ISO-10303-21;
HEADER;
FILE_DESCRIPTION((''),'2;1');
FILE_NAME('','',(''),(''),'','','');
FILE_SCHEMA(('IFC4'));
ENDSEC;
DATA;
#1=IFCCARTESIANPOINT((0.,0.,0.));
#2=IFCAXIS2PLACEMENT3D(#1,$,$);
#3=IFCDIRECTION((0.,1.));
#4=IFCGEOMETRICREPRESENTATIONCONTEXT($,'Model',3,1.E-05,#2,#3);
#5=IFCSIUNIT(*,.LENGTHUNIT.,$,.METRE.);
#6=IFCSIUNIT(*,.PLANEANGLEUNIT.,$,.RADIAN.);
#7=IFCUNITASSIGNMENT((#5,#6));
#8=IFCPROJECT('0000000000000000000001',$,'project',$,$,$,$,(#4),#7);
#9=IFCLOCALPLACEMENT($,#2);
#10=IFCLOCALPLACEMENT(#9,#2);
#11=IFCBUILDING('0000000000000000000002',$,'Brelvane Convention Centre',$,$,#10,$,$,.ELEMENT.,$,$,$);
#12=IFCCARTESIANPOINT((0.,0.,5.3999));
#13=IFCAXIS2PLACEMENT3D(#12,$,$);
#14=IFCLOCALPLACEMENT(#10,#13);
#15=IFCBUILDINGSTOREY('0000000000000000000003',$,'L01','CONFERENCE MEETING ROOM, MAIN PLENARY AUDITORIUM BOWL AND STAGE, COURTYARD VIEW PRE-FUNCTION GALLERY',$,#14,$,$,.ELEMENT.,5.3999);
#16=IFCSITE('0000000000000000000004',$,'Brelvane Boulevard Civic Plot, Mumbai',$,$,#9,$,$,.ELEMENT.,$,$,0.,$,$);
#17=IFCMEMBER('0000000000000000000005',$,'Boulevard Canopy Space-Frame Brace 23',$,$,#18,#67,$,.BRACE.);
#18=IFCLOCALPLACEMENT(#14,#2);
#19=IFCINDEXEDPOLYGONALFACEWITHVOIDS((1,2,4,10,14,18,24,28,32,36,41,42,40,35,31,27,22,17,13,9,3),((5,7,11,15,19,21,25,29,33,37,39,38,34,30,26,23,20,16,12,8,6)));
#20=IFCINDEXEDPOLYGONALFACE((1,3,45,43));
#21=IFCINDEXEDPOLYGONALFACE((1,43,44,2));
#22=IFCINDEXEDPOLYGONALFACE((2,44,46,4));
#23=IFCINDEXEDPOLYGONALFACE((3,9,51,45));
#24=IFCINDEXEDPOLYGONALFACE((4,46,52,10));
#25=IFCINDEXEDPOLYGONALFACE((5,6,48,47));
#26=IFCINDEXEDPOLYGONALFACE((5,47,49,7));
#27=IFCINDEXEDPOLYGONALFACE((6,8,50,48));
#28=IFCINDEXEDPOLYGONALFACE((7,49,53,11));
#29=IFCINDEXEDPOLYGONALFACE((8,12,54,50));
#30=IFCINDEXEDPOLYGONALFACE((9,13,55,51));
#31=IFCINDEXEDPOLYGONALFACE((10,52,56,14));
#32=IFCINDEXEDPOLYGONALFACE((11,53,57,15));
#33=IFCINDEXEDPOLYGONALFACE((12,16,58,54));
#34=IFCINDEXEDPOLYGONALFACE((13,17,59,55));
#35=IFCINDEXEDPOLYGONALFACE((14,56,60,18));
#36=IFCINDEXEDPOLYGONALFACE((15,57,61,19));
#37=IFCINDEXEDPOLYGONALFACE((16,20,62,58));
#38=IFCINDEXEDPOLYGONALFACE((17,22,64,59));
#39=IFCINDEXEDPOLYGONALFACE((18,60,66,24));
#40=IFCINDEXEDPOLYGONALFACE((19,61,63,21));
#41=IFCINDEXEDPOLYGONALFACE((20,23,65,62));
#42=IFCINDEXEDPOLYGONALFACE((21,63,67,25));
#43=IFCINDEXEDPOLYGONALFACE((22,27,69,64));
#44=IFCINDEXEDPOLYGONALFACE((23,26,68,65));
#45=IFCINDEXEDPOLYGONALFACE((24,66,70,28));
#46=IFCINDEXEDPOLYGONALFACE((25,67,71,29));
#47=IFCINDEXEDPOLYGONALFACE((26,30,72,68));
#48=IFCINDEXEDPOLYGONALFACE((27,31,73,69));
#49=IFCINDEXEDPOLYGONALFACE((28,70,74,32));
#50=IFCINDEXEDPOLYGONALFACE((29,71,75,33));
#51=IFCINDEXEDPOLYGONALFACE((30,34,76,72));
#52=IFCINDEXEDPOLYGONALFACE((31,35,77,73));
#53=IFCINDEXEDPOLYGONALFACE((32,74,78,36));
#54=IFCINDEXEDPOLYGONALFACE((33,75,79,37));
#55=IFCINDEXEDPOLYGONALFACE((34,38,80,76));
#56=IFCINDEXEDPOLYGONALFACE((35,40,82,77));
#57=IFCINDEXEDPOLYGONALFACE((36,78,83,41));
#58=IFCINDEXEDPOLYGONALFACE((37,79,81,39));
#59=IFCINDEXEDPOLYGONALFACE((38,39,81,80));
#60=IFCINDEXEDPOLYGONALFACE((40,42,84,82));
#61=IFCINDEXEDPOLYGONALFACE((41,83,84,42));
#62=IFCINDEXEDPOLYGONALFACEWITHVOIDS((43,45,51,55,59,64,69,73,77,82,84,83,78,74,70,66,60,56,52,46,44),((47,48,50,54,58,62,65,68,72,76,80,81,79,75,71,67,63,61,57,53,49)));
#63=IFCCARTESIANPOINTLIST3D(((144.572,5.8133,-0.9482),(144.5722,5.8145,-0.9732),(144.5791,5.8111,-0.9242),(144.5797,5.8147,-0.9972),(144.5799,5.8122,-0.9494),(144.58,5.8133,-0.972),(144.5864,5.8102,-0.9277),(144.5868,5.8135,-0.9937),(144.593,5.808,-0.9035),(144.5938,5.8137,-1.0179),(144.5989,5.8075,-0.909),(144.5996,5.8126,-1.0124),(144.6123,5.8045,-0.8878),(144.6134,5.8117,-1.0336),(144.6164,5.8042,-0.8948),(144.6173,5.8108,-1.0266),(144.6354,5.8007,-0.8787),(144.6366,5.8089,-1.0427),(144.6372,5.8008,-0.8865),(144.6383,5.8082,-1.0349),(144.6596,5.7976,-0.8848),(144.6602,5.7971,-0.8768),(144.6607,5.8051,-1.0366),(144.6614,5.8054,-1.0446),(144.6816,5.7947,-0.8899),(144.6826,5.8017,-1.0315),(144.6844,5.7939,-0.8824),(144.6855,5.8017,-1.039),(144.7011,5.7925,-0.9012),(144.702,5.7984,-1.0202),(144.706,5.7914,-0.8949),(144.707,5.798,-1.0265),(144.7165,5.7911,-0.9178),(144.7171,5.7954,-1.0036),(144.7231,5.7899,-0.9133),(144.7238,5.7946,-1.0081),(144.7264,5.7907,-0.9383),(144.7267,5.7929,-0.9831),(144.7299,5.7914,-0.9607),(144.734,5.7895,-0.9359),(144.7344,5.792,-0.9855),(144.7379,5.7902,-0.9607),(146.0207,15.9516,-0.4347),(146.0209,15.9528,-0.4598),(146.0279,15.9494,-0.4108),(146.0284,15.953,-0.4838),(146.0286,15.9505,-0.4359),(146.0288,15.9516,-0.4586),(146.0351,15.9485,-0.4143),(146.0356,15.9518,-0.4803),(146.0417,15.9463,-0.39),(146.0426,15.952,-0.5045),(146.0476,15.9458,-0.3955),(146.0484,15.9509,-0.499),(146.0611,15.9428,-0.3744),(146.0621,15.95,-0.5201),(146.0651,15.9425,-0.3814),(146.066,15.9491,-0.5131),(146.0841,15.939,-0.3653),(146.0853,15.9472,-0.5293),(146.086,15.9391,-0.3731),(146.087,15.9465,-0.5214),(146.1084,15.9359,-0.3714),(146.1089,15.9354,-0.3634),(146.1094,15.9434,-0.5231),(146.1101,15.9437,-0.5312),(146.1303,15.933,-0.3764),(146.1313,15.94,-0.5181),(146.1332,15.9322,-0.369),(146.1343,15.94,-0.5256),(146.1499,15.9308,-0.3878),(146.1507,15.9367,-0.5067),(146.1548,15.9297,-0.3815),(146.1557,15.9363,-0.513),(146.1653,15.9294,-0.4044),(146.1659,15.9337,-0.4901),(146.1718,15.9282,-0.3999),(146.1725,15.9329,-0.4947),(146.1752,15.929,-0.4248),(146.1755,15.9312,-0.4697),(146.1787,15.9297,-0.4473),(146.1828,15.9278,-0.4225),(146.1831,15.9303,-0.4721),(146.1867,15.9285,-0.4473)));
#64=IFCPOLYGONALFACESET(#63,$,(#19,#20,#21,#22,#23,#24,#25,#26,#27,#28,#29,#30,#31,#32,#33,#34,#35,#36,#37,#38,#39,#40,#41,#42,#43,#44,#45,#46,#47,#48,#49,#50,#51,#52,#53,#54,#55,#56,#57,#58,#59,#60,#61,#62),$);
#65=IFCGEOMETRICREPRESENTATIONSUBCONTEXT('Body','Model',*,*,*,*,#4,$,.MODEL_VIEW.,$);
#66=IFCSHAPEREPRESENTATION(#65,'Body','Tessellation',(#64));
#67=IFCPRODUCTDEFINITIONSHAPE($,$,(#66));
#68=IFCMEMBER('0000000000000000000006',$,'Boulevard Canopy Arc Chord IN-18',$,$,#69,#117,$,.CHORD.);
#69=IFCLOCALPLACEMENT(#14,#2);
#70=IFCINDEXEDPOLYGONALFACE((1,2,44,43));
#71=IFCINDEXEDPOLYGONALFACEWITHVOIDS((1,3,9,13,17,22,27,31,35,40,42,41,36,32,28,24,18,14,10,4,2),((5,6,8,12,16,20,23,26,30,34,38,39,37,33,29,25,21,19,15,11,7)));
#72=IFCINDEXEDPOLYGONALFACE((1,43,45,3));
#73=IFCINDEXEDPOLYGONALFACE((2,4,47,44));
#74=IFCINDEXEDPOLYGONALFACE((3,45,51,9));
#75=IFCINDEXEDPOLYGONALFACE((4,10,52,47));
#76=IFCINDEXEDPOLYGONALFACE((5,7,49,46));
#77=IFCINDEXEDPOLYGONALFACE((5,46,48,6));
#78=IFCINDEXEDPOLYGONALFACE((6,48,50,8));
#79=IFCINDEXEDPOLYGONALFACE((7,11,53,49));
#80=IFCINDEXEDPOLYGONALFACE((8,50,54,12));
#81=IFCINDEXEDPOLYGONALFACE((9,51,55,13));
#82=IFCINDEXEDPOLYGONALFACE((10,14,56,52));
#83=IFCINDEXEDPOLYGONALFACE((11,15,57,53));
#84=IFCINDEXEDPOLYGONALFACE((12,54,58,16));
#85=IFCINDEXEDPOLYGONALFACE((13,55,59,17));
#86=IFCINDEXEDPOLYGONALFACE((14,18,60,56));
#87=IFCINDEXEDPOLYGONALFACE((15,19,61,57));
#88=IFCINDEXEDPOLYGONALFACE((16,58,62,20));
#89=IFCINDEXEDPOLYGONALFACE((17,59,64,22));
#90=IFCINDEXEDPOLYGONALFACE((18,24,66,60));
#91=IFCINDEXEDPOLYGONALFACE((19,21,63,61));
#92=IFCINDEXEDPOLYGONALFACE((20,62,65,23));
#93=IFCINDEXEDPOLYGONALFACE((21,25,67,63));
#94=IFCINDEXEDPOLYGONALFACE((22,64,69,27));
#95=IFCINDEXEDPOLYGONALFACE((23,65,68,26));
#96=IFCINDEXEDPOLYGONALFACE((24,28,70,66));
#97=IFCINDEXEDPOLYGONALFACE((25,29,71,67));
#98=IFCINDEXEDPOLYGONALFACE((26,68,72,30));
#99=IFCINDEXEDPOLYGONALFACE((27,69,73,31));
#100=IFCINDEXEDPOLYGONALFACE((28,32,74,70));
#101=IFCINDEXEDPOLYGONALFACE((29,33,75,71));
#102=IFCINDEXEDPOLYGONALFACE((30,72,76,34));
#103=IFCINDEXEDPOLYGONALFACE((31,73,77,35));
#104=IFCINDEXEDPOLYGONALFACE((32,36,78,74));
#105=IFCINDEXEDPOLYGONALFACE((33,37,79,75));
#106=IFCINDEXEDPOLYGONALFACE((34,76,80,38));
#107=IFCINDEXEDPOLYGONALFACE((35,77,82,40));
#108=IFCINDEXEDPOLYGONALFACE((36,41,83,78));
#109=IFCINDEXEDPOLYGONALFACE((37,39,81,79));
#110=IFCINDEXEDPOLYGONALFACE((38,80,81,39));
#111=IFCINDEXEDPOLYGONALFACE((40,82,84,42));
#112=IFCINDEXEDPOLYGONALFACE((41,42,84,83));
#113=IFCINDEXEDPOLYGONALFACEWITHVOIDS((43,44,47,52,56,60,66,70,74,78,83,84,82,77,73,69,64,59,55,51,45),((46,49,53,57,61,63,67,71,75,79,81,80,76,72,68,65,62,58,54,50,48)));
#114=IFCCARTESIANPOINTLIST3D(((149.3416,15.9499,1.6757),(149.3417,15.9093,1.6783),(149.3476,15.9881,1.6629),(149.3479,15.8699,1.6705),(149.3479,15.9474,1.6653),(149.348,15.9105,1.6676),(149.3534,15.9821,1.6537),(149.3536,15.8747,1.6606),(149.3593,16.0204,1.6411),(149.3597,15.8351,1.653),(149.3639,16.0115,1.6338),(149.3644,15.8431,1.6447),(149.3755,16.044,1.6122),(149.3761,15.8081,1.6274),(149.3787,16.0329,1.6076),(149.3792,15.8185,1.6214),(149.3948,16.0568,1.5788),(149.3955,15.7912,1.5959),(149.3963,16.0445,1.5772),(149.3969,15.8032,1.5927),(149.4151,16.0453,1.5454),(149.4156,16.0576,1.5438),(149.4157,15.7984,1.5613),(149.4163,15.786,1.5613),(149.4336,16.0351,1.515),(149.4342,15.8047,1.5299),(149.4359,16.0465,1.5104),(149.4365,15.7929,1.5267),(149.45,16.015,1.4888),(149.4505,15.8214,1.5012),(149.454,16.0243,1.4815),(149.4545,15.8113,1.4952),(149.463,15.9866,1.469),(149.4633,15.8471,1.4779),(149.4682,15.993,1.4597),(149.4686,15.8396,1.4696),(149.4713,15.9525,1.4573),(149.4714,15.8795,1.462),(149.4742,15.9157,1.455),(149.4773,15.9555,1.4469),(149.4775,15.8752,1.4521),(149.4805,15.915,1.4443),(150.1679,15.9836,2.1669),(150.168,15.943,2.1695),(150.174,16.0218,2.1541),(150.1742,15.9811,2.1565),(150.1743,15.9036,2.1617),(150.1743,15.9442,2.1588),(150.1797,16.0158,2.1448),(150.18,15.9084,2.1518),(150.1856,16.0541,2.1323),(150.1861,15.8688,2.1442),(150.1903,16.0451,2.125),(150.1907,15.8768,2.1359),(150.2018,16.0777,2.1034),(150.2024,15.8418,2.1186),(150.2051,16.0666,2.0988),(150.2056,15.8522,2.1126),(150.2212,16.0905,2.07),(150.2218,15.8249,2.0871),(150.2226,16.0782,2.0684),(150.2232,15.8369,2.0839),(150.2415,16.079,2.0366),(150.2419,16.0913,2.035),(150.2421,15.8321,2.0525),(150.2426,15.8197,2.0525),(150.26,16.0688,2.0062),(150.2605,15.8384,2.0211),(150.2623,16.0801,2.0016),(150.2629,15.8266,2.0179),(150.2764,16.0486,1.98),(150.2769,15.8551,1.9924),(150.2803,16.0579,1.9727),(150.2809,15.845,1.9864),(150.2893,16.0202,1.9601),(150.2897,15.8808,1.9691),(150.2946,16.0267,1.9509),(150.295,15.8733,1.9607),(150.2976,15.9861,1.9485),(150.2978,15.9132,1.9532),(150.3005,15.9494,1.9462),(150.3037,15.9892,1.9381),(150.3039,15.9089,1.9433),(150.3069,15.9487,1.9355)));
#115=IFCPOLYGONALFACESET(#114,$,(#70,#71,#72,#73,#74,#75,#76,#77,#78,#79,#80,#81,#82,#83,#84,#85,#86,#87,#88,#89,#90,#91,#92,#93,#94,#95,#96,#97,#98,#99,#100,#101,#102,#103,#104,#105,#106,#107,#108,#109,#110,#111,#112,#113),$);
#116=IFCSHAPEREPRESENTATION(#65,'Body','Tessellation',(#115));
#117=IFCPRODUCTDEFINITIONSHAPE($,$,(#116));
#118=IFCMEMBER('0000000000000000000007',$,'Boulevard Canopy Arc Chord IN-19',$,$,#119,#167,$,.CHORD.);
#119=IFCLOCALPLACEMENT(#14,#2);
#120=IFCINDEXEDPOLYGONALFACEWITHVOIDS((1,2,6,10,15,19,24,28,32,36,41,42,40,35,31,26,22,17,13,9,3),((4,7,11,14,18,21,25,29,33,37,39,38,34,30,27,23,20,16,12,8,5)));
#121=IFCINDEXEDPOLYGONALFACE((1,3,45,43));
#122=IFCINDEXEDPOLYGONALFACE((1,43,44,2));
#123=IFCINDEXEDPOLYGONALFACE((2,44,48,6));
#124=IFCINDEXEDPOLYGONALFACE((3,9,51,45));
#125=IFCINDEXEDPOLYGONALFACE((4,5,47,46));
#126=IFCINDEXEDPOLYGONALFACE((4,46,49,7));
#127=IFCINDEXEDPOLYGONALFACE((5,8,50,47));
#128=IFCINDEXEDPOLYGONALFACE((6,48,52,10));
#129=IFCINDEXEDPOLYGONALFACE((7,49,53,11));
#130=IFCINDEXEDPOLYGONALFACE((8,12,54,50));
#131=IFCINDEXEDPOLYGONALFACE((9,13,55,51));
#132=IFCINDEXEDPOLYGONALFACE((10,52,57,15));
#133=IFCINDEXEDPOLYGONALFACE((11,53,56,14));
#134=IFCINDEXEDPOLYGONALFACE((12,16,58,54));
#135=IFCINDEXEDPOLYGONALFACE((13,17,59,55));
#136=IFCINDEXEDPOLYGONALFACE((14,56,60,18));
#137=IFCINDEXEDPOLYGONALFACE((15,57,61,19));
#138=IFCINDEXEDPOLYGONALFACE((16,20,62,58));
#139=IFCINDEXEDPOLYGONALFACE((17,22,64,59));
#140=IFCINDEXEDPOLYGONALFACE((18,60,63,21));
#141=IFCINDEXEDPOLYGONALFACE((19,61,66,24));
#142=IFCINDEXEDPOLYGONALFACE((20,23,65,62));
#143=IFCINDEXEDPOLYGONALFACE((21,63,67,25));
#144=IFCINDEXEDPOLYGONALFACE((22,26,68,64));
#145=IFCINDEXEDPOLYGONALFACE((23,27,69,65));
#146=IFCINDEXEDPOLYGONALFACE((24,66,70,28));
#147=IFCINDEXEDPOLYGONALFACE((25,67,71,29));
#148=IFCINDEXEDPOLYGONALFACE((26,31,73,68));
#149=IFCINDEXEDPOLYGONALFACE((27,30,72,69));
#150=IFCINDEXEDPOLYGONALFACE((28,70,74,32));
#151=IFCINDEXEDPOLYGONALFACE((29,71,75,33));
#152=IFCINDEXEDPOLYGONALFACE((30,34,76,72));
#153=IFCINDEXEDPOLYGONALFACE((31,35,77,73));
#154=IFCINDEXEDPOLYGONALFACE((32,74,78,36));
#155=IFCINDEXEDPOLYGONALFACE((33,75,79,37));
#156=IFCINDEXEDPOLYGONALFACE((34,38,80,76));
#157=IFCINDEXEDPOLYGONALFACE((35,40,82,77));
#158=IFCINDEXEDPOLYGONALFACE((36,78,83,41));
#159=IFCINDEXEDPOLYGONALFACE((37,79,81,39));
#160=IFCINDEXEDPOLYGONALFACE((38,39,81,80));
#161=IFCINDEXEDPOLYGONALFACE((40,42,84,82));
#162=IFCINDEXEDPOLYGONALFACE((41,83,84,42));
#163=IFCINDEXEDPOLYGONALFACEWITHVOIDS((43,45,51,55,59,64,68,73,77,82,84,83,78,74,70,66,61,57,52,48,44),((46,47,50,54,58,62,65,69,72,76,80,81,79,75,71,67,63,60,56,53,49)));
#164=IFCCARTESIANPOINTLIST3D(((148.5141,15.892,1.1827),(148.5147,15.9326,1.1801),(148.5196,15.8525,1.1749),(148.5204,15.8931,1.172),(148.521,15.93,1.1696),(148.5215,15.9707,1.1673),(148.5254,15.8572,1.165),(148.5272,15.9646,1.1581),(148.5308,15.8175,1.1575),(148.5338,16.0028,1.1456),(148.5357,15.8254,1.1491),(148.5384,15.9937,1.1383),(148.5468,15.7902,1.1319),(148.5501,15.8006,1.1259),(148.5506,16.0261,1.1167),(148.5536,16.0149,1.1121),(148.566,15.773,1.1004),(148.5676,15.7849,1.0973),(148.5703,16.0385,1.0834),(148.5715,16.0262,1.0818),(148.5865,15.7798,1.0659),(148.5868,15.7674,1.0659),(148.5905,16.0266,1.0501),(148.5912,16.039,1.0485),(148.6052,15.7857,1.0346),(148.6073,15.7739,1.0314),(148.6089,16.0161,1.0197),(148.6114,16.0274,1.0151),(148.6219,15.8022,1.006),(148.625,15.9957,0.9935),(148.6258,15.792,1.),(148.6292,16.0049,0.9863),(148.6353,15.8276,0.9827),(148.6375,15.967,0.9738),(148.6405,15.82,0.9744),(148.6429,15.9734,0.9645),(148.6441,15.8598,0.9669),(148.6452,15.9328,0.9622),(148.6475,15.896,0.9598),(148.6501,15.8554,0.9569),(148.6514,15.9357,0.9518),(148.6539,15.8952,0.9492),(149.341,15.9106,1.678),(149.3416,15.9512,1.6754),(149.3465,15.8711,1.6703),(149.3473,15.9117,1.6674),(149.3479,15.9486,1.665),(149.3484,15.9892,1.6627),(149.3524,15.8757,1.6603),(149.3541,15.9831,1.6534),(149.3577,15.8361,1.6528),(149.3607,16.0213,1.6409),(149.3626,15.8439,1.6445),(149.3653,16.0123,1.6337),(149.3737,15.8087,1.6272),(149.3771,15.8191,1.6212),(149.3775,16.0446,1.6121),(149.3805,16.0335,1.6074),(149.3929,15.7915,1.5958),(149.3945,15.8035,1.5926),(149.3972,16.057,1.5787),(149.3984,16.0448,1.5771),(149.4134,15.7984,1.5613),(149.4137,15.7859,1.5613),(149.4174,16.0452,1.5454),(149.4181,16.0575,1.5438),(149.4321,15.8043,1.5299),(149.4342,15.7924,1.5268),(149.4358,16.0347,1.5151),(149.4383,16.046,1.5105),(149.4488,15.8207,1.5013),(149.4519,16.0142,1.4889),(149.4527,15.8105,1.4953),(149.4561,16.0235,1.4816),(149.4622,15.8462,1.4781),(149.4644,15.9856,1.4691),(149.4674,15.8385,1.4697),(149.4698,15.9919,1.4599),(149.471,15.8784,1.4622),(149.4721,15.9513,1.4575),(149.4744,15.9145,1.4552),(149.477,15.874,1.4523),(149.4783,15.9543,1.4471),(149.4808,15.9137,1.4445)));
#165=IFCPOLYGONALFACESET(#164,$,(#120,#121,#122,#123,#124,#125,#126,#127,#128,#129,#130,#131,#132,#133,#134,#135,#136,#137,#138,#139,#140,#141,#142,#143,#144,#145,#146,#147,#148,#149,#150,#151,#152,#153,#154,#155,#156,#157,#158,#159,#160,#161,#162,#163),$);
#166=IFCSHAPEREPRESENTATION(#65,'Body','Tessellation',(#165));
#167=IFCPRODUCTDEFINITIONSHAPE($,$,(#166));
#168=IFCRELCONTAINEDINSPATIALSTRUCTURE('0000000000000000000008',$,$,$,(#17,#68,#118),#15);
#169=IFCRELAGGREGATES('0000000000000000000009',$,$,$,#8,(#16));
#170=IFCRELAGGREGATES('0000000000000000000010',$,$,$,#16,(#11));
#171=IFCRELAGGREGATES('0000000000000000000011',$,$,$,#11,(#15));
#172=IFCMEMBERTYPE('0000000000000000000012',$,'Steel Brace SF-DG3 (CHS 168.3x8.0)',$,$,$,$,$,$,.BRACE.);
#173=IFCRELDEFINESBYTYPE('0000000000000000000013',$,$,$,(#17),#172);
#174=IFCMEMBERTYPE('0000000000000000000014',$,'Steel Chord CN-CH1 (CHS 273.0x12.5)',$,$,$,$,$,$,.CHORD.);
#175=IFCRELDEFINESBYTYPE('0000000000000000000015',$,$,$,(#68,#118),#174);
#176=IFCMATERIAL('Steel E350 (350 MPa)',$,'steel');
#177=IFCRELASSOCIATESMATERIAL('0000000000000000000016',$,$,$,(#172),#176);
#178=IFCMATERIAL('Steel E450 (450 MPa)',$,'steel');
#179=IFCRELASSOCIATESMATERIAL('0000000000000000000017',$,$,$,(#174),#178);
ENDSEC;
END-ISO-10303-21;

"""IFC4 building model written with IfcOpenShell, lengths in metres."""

from ifc_helpers import new_model, si_unit, direction, frame, origin, origin_2d, place, context, subcontext, project, spatial, hollow_circle, extrude, material, material_profile, profile_set, type_object, element, save


model = new_model("IFC4")

# Units and contexts
model_context = context("Model", 3, precision=1e-05, world=origin(), true_north=direction((0.0, 1.0)))
body_context = subcontext(model_context, "Body", "Model", "MODEL_VIEW")
ifc_project = project(units=[si_unit("LENGTHUNIT", "METRE"), si_unit("PLANEANGLEUNIT", "RADIAN")], contexts=[model_context])

# Site, building, storey
site_placement = place(None, origin())
site = spatial("IfcSite", under=ifc_project, at=site_placement, Name="Brelvane Boulevard Civic Plot, Mumbai", CompositionType="ELEMENT", RefElevation=0.0)
building_placement = place(site_placement, origin())
building = spatial("IfcBuilding", under=site, at=building_placement, Name="Brelvane Convention Centre", CompositionType="ELEMENT")
storey_placement = place(building_placement, frame((0.0, 0.0, 5.3999)))
storey = spatial("IfcBuildingStorey", under=building, at=storey_placement, Name="L01", Description="CONFERENCE MEETING ROOM, MAIN PLENARY AUDITORIUM BOWL AND STAGE, COURTYARD VIEW PRE-FUNCTION GALLERY", CompositionType="ELEMENT", Elevation=5.3999)

# Members
ifc_material_1 = material(Name="Steel E350 (350 MPa)", Category="steel")
ifc_material_profile_1 = material_profile(ifc_material_1, hollow_circle(Radius=0.0842, WallThickness=0.0081, at=origin_2d()), Name="CHS 168.3x8.0")
ifc_profile_set_1 = profile_set([ifc_material_profile_1], Name="Steel E350 (350 MPa)")
member_type_1 = type_object("IfcMemberType", Name="Steel Brace SF-DG3 (CHS 168.3x8.0)", PredefinedType="BRACE", material=ifc_profile_set_1)
member_1_placement = place(storey_placement, frame((146.1033, 15.9404, -0.4473), z_axis=(-0.141284, -0.988702, -0.050071), x_axis=(0.989944, -0.141461, 0.0)))
element("IfcMember", 1, at=member_1_placement, inside=storey, type_object=member_type_1, Name="Boulevard Canopy Space-Frame Brace 23", PredefinedType="BRACE", context=body_context, shape_type="SweptSolid", body=[
    extrude(hollow_circle(Radius=0.0842, WallThickness=0.0081, at=origin_2d()), origin(), (0.0, 0.0, 1.0), 10.2542),
])
ifc_material_2 = material(Name="Steel E450 (450 MPa)", Category="steel")
ifc_material_profile_2 = material_profile(ifc_material_2, hollow_circle(Radius=0.1365, WallThickness=0.0125, at=origin_2d()), Name="CHS 273.0x12.5")
ifc_profile_set_2 = profile_set([ifc_material_profile_2], Name="Steel E450 (450 MPa)")
member_type_2 = type_object("IfcMemberType", Name="Steel Chord CN-CH1 (CHS 273.0x12.5)", PredefinedType="CHORD", material=ifc_profile_set_2)
member_2_placement = place(storey_placement, frame((150.2371, 15.9561, 2.0525), z_axis=(-0.859087, -0.035023, -0.51063), x_axis=(0.040734, -0.99917, 0.0)))
element("IfcMember", 2, at=member_2_placement, inside=storey, type_object=member_type_2, Name="Boulevard Canopy Arc Chord IN-18", PredefinedType="CHORD", context=body_context, shape_type="SweptSolid", body=[
    extrude(hollow_circle(Radius=0.1365, WallThickness=0.0125, at=origin_2d()), origin(), (0.0, 0.0, 1.0), 0.9619),
])
member_3_placement = place(storey_placement, frame((149.4106, 15.9224, 1.5613), z_axis=(-0.857691, -0.019246, -0.513805), x_axis=(0.022433, -0.999748, 0.0)))
element("IfcMember", 3, at=member_3_placement, inside=storey, type_object=member_type_2, Name="Boulevard Canopy Arc Chord IN-19", PredefinedType="CHORD", context=body_context, shape_type="SweptSolid", body=[
    extrude(hollow_circle(Radius=0.1365, WallThickness=0.0125, at=origin_2d()), origin(), (0.0, 0.0, 1.0), 0.9641),
])

save(model, "model.ifc")
